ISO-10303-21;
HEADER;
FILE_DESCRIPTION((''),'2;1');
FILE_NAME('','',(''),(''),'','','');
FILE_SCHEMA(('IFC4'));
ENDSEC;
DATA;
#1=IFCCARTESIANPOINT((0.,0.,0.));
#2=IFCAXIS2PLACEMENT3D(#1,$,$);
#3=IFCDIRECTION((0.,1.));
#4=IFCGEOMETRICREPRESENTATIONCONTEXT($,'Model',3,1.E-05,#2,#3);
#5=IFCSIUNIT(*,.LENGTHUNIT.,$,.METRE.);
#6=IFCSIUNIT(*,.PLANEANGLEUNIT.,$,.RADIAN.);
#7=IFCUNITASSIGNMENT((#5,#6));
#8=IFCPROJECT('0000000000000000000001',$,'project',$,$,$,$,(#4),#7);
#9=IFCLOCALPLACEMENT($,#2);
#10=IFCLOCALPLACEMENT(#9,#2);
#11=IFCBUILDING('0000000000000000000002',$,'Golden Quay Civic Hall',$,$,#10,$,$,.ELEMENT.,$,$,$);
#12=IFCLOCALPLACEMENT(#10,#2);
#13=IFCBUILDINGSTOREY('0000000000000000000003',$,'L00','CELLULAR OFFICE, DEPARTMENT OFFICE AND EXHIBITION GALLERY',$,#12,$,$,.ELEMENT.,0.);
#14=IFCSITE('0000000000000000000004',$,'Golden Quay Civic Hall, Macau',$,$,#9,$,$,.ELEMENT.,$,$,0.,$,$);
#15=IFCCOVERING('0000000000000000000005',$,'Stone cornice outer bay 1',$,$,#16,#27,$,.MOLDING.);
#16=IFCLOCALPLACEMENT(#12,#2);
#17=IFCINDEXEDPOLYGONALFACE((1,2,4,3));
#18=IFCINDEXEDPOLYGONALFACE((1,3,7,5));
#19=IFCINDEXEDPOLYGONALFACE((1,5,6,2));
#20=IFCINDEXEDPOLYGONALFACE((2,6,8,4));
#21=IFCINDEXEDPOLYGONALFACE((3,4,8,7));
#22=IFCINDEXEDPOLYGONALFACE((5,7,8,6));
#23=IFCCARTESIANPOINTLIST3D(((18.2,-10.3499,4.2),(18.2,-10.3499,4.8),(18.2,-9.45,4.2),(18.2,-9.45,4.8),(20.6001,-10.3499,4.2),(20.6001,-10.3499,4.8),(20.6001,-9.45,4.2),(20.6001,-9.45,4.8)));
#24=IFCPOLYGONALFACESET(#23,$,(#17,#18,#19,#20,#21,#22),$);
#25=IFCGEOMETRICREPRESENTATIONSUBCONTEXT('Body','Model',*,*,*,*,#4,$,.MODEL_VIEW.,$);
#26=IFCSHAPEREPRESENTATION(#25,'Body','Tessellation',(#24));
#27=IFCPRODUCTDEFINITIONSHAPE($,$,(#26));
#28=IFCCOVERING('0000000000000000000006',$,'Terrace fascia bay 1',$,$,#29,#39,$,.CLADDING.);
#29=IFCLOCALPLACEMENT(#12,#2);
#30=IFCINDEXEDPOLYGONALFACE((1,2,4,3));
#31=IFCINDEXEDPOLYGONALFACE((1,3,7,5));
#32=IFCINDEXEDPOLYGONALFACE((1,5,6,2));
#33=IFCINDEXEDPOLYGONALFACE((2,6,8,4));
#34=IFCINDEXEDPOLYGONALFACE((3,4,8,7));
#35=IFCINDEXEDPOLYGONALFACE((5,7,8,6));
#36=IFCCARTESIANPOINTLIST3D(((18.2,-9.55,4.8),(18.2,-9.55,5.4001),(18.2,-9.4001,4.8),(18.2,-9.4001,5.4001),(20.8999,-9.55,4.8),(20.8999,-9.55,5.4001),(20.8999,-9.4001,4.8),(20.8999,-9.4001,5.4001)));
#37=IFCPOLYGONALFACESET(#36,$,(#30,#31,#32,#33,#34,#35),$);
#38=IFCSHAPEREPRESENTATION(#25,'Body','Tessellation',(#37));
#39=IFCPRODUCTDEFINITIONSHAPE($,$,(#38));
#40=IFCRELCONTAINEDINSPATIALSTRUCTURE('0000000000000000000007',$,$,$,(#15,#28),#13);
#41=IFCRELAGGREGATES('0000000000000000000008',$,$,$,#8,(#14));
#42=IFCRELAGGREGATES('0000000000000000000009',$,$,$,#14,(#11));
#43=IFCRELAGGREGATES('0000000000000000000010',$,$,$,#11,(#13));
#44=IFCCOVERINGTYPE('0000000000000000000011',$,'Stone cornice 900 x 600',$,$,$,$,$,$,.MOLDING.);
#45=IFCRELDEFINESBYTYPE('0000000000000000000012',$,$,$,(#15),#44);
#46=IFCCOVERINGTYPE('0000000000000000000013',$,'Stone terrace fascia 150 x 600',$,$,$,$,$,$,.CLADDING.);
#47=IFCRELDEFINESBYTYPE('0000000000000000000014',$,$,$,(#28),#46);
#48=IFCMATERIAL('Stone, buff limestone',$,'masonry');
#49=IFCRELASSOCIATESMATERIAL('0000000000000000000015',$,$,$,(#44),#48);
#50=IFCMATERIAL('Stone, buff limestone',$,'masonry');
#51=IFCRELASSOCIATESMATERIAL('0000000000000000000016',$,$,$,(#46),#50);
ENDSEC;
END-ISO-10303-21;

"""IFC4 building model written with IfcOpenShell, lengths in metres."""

from ifc_helpers import new_model, si_unit, direction, frame, origin, origin_2d, place, context, subcontext, project, spatial, rectangle, extrude, material, material_profile, profile_set, type_object, element, save


model = new_model("IFC4")

# Units and contexts
model_context = context("Model", 3, precision=1e-05, world=origin(), true_north=direction((0.0, 1.0)))
body_context = subcontext(model_context, "Body", "Model", "MODEL_VIEW")
ifc_project = project(units=[si_unit("LENGTHUNIT", "METRE"), si_unit("PLANEANGLEUNIT", "RADIAN")], contexts=[model_context])

# Site, building, storey
site_placement = place(None, origin())
site = spatial("IfcSite", under=ifc_project, at=site_placement, Name="Golden Quay Civic Hall, Macau", CompositionType="ELEMENT", RefElevation=0.0)
building_placement = place(site_placement, origin())
building = spatial("IfcBuilding", under=site, at=building_placement, Name="Golden Quay Civic Hall", CompositionType="ELEMENT")
storey_placement = place(building_placement, origin())
storey = spatial("IfcBuildingStorey", under=building, at=storey_placement, Name="L00", Description="CELLULAR OFFICE, DEPARTMENT OFFICE AND EXHIBITION GALLERY", CompositionType="ELEMENT", Elevation=0.0)

# Coverings
ifc_material_1 = material(Name="Stone, buff limestone", Category="masonry")
ifc_material_profile_1 = material_profile(ifc_material_1, rectangle(XDim=0.8999, YDim=0.6001, at=origin_2d()), Name="RC 900x600")
ifc_profile_set_1 = profile_set([ifc_material_profile_1], Name="Stone, buff limestone")
covering_type_1 = type_object("IfcCoveringType", Name="Stone cornice 900 x 600", PredefinedType="MOLDING", material=ifc_profile_set_1)
covering_1_placement = place(storey_placement, frame((18.2, -9.8999, 4.5), z_axis=(1.0, 0.0, 0.0), x_axis=(0.0, 1.0, 0.0)))
element("IfcCovering", 1, at=covering_1_placement, inside=storey, type_object=covering_type_1, Name="Stone cornice outer bay 1", PredefinedType="MOLDING", context=body_context, shape_type="SweptSolid", body=[
    extrude(rectangle(XDim=0.8999, YDim=0.6001, at=origin_2d()), origin(), (0.0, 0.0, 1.0), 2.4001),
])
ifc_material_2 = material(Name="Stone, buff limestone", Category="masonry")
ifc_material_profile_2 = material_profile(ifc_material_2, rectangle(XDim=0.1499, YDim=0.6001, at=origin_2d()), Name="RC 150x600")
ifc_profile_set_2 = profile_set([ifc_material_profile_2], Name="Stone, buff limestone")
covering_type_2 = type_object("IfcCoveringType", Name="Stone terrace fascia 150 x 600", PredefinedType="CLADDING", material=ifc_profile_set_2)
covering_2_placement = place(storey_placement, frame((18.2, -9.4751, 5.1001), z_axis=(1.0, 0.0, 0.0), x_axis=(0.0, 1.0, 0.0)))
element("IfcCovering", 2, at=covering_2_placement, inside=storey, type_object=covering_type_2, Name="Terrace fascia bay 1", PredefinedType="CLADDING", context=body_context, shape_type="SweptSolid", body=[
    extrude(rectangle(XDim=0.1499, YDim=0.6001, at=origin_2d()), origin(), (0.0, 0.0, 1.0), 2.7),
])

save(model, "model.ifc")
